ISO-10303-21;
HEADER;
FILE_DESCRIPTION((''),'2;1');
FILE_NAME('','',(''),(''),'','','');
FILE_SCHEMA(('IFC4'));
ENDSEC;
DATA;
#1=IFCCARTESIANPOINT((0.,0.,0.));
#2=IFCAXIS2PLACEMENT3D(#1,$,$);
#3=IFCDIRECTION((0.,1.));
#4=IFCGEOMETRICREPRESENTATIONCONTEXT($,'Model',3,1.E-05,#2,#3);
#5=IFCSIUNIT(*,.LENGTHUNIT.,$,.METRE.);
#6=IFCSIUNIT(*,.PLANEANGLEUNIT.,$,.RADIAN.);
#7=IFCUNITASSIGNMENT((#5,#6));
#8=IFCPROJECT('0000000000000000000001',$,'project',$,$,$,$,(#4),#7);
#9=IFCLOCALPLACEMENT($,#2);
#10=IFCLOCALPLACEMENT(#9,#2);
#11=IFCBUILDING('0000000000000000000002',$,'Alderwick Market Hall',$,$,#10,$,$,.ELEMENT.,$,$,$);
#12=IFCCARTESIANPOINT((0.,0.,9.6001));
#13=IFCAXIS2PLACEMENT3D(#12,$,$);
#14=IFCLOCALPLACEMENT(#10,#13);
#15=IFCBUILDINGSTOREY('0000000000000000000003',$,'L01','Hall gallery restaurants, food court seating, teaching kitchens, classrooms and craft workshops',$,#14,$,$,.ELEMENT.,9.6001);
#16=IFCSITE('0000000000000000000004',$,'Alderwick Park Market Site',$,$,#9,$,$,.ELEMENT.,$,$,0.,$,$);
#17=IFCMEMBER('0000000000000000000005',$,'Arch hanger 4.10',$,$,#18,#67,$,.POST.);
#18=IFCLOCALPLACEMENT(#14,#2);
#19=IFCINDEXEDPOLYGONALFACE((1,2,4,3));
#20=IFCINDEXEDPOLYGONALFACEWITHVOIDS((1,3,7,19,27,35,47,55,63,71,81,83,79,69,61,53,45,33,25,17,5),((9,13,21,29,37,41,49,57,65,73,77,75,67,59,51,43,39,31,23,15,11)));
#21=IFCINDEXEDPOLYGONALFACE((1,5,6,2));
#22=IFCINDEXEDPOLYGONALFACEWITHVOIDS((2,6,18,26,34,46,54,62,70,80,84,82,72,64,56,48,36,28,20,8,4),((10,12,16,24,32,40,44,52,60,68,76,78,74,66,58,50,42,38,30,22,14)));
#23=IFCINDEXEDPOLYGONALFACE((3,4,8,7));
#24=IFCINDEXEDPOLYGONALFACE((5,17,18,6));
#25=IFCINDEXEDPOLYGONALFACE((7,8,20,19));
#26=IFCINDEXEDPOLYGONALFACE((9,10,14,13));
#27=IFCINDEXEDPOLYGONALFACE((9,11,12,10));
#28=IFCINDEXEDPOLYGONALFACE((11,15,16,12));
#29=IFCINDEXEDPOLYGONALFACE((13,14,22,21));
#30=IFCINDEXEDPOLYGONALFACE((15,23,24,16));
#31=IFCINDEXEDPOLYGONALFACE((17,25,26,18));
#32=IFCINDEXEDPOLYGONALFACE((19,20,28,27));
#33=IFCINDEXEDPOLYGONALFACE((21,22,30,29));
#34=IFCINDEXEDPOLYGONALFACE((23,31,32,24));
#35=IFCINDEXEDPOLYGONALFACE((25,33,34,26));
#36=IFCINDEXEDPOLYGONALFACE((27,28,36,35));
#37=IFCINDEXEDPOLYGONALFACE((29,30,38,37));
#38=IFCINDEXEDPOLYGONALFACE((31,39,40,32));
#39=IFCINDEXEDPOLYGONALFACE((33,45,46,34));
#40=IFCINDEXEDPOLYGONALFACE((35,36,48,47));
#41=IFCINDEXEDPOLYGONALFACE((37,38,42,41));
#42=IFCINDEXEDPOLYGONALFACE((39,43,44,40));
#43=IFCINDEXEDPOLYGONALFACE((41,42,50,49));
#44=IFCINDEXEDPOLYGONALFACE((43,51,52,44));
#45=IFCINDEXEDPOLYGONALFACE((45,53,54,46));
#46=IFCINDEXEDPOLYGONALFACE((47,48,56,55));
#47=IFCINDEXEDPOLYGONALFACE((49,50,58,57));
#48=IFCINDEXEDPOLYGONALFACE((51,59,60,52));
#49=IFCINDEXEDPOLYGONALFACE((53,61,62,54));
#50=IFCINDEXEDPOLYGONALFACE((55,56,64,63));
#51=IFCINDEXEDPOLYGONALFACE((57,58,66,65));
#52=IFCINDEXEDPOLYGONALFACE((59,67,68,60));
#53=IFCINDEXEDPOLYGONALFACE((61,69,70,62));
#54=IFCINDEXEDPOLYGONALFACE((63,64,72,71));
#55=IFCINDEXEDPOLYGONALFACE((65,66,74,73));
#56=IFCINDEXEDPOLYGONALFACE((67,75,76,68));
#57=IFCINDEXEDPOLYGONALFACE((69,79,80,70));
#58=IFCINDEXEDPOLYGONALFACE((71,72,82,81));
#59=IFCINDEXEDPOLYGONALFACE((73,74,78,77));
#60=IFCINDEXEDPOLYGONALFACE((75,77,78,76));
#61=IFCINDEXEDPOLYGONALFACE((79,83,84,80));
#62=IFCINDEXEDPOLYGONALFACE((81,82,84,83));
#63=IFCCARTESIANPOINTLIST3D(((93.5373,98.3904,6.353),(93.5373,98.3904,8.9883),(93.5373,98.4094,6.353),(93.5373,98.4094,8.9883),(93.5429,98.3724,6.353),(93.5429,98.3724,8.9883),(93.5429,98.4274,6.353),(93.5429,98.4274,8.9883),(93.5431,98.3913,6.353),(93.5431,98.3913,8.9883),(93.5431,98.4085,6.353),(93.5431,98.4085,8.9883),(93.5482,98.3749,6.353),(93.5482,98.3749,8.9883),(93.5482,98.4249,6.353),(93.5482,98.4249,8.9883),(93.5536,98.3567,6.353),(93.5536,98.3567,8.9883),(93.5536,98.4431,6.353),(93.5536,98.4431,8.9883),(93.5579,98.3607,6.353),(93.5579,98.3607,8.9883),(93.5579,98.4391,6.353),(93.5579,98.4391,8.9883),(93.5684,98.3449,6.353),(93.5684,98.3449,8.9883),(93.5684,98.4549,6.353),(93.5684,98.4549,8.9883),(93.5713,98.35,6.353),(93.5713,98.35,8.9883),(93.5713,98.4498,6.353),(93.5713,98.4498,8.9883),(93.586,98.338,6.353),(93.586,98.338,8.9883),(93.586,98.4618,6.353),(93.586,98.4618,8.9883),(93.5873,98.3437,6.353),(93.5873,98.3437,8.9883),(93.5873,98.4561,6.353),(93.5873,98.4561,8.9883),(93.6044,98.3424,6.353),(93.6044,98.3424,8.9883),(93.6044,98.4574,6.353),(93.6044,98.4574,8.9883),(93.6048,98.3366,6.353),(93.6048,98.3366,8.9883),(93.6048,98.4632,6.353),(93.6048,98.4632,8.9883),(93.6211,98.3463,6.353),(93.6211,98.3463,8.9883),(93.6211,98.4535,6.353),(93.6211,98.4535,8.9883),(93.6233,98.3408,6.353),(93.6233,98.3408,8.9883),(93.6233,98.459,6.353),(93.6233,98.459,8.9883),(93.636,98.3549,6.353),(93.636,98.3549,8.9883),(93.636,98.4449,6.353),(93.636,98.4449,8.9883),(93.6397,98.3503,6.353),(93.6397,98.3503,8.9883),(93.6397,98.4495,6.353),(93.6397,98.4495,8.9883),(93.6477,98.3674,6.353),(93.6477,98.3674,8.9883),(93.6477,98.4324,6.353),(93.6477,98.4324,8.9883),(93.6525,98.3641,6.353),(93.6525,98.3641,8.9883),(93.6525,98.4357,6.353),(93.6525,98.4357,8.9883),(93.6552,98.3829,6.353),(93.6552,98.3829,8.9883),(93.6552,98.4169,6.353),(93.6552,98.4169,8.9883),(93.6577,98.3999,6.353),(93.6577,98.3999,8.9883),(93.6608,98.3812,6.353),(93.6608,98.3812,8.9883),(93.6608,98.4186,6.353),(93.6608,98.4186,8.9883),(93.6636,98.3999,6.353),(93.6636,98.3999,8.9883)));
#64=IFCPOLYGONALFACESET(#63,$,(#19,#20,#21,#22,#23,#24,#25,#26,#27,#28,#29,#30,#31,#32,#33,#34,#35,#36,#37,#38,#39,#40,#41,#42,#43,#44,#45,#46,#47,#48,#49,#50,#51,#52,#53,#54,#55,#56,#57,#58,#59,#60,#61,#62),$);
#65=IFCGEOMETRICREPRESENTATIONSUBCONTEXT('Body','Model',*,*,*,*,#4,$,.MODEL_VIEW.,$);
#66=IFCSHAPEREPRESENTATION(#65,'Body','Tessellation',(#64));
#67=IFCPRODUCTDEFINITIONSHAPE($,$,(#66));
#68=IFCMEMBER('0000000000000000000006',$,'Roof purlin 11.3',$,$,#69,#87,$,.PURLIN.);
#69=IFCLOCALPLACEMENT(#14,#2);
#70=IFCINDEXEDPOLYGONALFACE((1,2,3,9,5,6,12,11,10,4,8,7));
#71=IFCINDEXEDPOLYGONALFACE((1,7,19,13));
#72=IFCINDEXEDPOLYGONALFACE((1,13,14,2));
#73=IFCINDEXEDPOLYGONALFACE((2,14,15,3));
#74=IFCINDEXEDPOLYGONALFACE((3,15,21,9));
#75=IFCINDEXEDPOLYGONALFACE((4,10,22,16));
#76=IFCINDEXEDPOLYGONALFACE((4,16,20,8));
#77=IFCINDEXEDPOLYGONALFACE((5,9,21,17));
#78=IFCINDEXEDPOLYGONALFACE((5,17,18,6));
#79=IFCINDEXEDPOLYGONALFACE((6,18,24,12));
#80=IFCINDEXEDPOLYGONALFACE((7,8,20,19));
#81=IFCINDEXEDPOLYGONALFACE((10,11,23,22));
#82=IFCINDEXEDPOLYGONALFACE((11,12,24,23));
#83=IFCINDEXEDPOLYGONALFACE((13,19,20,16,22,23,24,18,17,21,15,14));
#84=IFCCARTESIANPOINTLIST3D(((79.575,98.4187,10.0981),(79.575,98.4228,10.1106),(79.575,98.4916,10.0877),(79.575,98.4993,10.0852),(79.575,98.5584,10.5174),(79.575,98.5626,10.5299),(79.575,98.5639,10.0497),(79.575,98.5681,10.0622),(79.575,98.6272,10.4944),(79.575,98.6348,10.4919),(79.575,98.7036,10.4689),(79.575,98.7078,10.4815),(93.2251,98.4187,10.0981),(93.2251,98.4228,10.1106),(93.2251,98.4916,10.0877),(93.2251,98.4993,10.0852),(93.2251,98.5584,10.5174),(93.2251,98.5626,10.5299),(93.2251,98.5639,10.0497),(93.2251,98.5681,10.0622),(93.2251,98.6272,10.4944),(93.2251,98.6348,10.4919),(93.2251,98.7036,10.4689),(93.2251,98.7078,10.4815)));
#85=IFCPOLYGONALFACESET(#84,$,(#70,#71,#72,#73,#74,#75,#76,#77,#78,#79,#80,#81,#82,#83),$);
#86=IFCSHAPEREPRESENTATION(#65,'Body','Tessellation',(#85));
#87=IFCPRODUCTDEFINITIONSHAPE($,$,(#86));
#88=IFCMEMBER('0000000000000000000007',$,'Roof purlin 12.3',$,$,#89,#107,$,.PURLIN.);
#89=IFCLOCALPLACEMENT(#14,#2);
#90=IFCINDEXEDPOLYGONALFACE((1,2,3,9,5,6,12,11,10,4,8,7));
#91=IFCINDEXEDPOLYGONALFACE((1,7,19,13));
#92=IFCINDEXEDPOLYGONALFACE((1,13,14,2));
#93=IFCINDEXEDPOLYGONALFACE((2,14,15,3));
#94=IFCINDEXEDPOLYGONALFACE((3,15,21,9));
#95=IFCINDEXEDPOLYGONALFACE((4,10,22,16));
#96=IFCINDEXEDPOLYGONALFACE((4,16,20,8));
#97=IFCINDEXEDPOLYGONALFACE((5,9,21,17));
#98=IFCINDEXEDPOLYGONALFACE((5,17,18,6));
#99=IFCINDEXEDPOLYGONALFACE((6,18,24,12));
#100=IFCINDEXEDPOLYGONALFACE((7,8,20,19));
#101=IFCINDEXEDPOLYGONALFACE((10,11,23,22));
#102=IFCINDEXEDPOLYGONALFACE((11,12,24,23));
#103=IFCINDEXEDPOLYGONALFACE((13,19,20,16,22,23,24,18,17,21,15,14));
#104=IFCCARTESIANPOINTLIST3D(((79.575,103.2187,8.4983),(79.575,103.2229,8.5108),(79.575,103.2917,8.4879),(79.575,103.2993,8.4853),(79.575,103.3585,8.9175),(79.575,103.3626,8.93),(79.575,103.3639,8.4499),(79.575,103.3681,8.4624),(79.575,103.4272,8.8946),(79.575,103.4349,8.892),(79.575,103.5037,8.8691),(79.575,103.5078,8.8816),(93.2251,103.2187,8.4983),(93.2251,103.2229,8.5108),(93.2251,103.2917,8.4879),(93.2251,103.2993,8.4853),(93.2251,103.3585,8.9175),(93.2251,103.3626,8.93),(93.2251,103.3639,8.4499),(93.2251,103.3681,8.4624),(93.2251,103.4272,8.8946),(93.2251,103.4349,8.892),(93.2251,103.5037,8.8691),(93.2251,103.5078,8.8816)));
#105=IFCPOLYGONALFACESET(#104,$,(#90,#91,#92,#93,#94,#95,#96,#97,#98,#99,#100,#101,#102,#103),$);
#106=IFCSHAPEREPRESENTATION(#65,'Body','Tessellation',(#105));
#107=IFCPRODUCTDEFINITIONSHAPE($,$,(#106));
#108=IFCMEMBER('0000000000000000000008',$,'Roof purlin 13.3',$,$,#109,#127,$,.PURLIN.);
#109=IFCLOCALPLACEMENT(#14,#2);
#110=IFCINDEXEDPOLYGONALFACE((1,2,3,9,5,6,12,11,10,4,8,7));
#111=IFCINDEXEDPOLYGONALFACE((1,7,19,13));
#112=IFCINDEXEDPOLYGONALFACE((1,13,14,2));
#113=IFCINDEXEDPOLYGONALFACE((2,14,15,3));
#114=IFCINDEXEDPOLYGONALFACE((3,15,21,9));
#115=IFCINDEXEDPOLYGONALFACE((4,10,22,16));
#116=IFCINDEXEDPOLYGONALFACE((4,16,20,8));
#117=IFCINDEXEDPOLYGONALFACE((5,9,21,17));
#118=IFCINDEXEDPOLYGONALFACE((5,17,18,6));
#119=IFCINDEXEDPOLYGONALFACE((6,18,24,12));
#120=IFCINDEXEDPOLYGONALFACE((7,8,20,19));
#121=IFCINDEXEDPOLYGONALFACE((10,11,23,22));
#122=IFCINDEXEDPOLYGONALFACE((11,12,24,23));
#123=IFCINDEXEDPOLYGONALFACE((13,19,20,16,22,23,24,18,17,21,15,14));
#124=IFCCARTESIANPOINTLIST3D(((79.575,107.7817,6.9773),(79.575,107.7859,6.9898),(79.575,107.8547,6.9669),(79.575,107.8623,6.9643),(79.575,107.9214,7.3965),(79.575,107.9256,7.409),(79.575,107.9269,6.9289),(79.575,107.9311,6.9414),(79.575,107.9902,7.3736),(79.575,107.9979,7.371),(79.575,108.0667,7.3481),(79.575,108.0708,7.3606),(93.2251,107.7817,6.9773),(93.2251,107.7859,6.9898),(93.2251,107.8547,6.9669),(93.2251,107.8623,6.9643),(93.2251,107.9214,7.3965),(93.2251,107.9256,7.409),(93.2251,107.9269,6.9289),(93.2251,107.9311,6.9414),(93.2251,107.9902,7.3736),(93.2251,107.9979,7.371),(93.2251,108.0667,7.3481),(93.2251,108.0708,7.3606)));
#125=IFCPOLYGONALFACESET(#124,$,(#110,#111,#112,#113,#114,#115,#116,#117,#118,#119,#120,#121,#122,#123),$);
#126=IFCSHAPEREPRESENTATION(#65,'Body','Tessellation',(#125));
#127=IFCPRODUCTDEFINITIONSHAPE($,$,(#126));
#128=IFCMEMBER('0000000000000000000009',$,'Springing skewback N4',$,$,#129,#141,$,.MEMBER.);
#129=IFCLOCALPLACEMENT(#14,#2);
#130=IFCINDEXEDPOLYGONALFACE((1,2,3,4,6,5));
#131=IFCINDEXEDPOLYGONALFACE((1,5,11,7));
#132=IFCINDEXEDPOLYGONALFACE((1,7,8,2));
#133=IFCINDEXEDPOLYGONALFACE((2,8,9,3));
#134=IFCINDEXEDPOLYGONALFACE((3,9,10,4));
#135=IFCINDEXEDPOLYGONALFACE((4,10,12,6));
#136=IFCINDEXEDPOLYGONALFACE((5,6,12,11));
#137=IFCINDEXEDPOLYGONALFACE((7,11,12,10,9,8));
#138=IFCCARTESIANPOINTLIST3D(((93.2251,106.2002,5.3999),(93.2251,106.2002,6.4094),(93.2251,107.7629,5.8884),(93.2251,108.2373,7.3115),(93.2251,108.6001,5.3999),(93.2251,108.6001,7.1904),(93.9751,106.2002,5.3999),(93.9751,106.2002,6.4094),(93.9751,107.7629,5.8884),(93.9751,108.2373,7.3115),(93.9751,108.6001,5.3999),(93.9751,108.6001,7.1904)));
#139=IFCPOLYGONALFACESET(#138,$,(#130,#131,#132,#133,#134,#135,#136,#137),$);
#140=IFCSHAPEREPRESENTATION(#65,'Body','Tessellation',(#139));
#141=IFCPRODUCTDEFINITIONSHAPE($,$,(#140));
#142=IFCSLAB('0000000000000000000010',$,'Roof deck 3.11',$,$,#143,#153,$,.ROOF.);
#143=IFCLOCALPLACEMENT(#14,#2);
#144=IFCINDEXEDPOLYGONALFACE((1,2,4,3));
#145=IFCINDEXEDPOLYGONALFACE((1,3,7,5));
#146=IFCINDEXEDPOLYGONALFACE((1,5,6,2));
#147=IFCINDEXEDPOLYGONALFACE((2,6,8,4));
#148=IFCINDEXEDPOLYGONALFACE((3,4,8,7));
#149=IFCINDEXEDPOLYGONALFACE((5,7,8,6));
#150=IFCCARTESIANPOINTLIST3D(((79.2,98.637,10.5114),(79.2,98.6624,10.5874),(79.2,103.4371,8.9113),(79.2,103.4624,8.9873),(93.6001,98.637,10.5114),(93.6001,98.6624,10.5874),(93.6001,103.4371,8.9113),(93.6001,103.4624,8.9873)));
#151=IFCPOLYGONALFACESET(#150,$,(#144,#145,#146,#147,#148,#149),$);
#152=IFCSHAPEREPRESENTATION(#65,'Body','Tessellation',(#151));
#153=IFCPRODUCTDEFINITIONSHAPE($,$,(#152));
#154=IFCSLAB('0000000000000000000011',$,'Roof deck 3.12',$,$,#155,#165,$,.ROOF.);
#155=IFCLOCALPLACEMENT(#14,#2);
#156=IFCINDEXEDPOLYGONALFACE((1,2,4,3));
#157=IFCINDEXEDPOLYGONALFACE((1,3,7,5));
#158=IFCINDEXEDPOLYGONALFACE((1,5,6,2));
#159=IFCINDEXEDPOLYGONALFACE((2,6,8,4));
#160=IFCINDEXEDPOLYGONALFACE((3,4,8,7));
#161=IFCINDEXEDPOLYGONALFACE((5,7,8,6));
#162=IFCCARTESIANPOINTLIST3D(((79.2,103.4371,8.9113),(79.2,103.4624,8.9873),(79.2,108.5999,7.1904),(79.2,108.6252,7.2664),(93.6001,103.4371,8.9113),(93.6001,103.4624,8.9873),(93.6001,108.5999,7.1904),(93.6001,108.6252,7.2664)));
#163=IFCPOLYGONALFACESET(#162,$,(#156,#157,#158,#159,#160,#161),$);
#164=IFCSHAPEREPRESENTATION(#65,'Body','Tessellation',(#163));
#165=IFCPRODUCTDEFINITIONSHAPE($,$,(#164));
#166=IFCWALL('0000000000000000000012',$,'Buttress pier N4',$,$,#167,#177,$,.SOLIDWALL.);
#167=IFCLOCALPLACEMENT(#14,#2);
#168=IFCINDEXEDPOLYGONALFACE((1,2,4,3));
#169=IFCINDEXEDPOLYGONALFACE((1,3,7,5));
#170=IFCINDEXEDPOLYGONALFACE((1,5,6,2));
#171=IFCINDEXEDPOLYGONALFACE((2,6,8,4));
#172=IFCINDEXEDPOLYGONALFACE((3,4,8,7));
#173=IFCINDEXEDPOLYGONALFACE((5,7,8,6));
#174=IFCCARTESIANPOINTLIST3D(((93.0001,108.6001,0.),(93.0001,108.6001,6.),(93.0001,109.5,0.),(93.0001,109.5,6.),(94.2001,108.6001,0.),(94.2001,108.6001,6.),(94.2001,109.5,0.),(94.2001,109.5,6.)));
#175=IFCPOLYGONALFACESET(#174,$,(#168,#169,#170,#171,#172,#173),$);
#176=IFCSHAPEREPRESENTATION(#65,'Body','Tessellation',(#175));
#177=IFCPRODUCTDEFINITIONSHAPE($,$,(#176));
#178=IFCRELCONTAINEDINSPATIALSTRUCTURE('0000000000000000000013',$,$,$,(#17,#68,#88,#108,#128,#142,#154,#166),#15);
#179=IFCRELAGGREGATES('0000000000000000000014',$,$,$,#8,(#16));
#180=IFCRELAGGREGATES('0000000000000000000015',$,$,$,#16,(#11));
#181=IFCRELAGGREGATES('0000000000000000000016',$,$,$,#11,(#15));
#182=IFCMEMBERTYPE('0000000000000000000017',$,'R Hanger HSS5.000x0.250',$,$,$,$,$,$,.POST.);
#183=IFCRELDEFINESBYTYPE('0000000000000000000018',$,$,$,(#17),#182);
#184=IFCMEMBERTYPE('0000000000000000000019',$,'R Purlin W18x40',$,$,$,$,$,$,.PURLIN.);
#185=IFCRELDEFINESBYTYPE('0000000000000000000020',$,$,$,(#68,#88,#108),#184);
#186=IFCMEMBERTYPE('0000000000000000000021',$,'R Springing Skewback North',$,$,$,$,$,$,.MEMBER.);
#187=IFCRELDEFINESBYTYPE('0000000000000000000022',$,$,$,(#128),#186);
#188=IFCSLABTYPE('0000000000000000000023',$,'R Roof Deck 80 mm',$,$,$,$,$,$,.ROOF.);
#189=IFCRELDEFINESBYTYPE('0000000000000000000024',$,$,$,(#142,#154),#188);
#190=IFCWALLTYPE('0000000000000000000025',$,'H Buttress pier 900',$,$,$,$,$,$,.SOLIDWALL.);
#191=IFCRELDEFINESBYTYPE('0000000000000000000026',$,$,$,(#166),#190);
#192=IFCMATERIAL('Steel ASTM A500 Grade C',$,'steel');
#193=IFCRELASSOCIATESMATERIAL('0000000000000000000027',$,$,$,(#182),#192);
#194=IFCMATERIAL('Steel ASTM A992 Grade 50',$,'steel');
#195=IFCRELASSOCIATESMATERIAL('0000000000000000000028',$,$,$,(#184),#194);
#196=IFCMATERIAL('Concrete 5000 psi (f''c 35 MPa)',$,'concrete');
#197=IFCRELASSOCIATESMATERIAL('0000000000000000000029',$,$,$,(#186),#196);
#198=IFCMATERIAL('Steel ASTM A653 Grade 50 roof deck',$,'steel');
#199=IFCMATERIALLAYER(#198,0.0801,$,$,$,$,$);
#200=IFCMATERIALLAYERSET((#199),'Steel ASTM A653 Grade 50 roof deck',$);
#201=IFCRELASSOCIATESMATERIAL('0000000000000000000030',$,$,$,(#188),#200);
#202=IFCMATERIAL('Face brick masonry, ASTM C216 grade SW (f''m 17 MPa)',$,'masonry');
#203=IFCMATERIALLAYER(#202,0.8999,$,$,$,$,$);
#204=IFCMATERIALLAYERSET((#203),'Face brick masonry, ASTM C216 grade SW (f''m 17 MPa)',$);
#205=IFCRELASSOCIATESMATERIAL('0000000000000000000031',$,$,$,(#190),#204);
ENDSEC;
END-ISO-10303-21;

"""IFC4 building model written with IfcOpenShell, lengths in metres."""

from ifc_helpers import new_model, si_unit, direction, frame, frame_2d, origin, origin_2d, place, context, subcontext, project, spatial, polyline, rectangle, hollow_circle, i_section, outline, extrude, material, layer, layer_set, material_profile, profile_set, type_object, element, save


model = new_model("IFC4")

# Units and contexts
model_context = context("Model", 3, precision=1e-05, world=origin(), true_north=direction((0.0, 1.0)))
body_context = subcontext(model_context, "Body", "Model", "MODEL_VIEW")
ifc_project = project(units=[si_unit("LENGTHUNIT", "METRE"), si_unit("PLANEANGLEUNIT", "RADIAN")], contexts=[model_context])

# Site, building, storey
site_placement = place(None, origin())
site = spatial("IfcSite", under=ifc_project, at=site_placement, Name="Alderwick Park Market Site", CompositionType="ELEMENT", RefElevation=0.0)
building_placement = place(site_placement, origin())
building = spatial("IfcBuilding", under=site, at=building_placement, Name="Alderwick Market Hall", CompositionType="ELEMENT")
storey_placement = place(building_placement, frame((0.0, 0.0, 9.6001)))
storey = spatial("IfcBuildingStorey", under=building, at=storey_placement, Name="L01", Description="Hall gallery restaurants, food court seating, teaching kitchens, classrooms and craft workshops", CompositionType="ELEMENT", Elevation=9.6001)

# Shared definitions
ifc_material_1 = material(Name="Concrete 5000 psi (f'c 35 MPa)", Category="concrete")

# Members
ifc_material_2 = material(Name="Steel ASTM A500 Grade C", Category="steel")
ifc_material_profile_1 = material_profile(ifc_material_2, hollow_circle(Radius=0.0635, WallThickness=0.0059, at=origin_2d()), Name="HSS5.000x0.250")
ifc_profile_set_1 = profile_set([ifc_material_profile_1], Name="Steel ASTM A500 Grade C")
member_type_1 = type_object("IfcMemberType", Name="R Hanger HSS5.000x0.250", PredefinedType="POST", material=ifc_profile_set_1)
member_1_placement = place(storey_placement, frame((93.6001, 98.3999, 6.353), z_axis=(0.0, 0.0, 1.0), x_axis=(1.0, 0.0, 0.0)))
element("IfcMember", 1, at=member_1_placement, inside=storey, type_object=member_type_1, Name="Arch hanger 4.10", PredefinedType="POST", context=body_context, shape_type="SweptSolid", body=[
    extrude(hollow_circle(Radius=0.0635, WallThickness=0.0059, at=origin_2d()), origin(), (0.0, 0.0, 1.0), 2.6353),
])
ifc_material_3 = material(Name="Steel ASTM A992 Grade 50", Category="steel")
ifc_material_profile_2 = material_profile(ifc_material_3, i_section(OverallWidth=0.1531, OverallDepth=0.4551, WebThickness=0.0081, FlangeThickness=0.0132, at=origin_2d()), Name="W18x40")
ifc_profile_set_2 = profile_set([ifc_material_profile_2], Name="Steel ASTM A992 Grade 50")
member_type_2 = type_object("IfcMemberType", Name="R Purlin W18x40", PredefinedType="PURLIN", material=ifc_profile_set_2)
for number, where, z_axis, x_axis, name in (
    (2, (79.575, 98.5632, 10.2898), (1.0, 0.0, 0.0), (0.0, 0.948683, -0.316228), "Roof purlin 11.3"),
    (3, (79.575, 103.3633, 8.6899), (1.0, 0.0, 0.0), (0.0, 0.948683, -0.316228), "Roof purlin 12.3"),
    (4, (79.575, 107.9263, 7.1689), (1.0, 0.0, 0.0), (0.0, 0.948683, -0.316228), "Roof purlin 13.3"),
):
    element("IfcMember", number, at=place(storey_placement, frame(where, z_axis=z_axis, x_axis=x_axis)), inside=storey, type_object=member_type_2, Name=name, PredefinedType="PURLIN", context=body_context, shape_type="SweptSolid", body=[
        extrude(i_section(OverallWidth=0.1531, OverallDepth=0.4551, WebThickness=0.0081, FlangeThickness=0.0132, at=origin_2d()), origin(), (0.0, 0.0, 1.0), 13.6501),
    ])
ifc_material_profile_3 = material_profile(ifc_material_1, outline(polyline([(0.0, 0.0), (-2.3999, 0.0), (-2.3999, 1.0095), (-0.8372, 0.4885), (-0.3628, 1.9116), (0.0, 1.7905), (0.0, 0.0)])), Name="RC skewback N")
ifc_profile_set_3 = profile_set([ifc_material_profile_3], Name="Concrete 5000 psi (f'c 35 MPa)")
member_type_3 = type_object("IfcMemberType", Name="R Springing Skewback North", PredefinedType="MEMBER", material=ifc_profile_set_3)
member_2_placement = place(storey_placement, frame((93.2251, 108.6001, 5.3999), z_axis=(1.0, 0.0, 0.0), x_axis=(0.0, 1.0, 0.0)))
element("IfcMember", 5, at=member_2_placement, inside=storey, type_object=member_type_3, Name="Springing skewback N4", PredefinedType="MEMBER", context=body_context, shape_type="SweptSolid", body=[
    extrude(outline(polyline([(0.0, 0.0), (-2.3999, 0.0), (-2.3999, 1.0095), (-0.8372, 0.4885), (-0.3628, 1.9116), (0.0, 1.7905), (0.0, 0.0)])), origin(), (0.0, 0.0, 1.0), 0.75),
])

# Slabs
ifc_material_4 = material(Name="Steel ASTM A653 Grade 50 roof deck", Category="steel")
ifc_layer_1 = layer(ifc_material_4, 0.0801)
ifc_layer_set_1 = layer_set([ifc_layer_1], Name="Steel ASTM A653 Grade 50 roof deck")
slab_type = type_object("IfcSlabType", Name="R Roof Deck 80 mm", PredefinedType="ROOF", material=ifc_layer_set_1)
slab_1_placement = place(storey_placement, frame((79.2, 98.6624, 10.5874), z_axis=(0.0, 0.316242, 0.948678), x_axis=(1.0, 0.0, 0.0)))
element("IfcSlab", 6, at=slab_1_placement, inside=storey, type_object=slab_type, Name="Roof deck 3.11", PredefinedType="ROOF", context=body_context, shape_type="SweptSolid", body=[
    extrude(outline(polyline([(0.0, 0.0), (14.4001, 0.0), (14.4001, 5.0597), (0.0, 5.0597), (0.0, 0.0)])), origin(), (0.0, 0.0, -1.0), 0.0801),
])
slab_2_placement = place(storey_placement, frame((79.2, 103.4624, 8.9873), z_axis=(0.0, 0.316228, 0.948683), x_axis=(1.0, 0.0, 0.0)))
element("IfcSlab", 7, at=slab_2_placement, inside=storey, type_object=slab_type, Name="Roof deck 3.12", PredefinedType="ROOF", context=body_context, shape_type="SweptSolid", body=[
    extrude(outline(polyline([(0.0, 0.0), (14.4001, 0.0), (14.4001, 5.4421), (0.0, 5.4421), (0.0, 0.0)])), origin(), (0.0, 0.0, -1.0), 0.0801),
])

# Wall
ifc_material_5 = material(Name="Face brick masonry, ASTM C216 grade SW (f'm 17 MPa)", Category="masonry")
ifc_layer_2 = layer(ifc_material_5, 0.8999)
ifc_layer_set_2 = layer_set([ifc_layer_2], Name="Face brick masonry, ASTM C216 grade SW (f'm 17 MPa)")
wall_type_1 = type_object("IfcWallType", Name="H Buttress pier 900", PredefinedType="SOLIDWALL", material=ifc_layer_set_2)
wall_1_placement = place(storey_placement, frame((93.0, 109.05, 0.0), z_axis=(0.0, 0.0, 1.0), x_axis=(1.0, 0.0, 0.0)))
element("IfcWall", 8, at=wall_1_placement, inside=storey, type_object=wall_type_1, Name="Buttress pier N4", PredefinedType="SOLIDWALL", context=body_context, shape_type="SweptSolid", body=[
    extrude(rectangle(XDim=1.2, YDim=0.8999, at=frame_2d((0.6001, 0.0))), origin(), (0.0, 0.0, 1.0), 6.0),
])

save(model, "model.ifc")
